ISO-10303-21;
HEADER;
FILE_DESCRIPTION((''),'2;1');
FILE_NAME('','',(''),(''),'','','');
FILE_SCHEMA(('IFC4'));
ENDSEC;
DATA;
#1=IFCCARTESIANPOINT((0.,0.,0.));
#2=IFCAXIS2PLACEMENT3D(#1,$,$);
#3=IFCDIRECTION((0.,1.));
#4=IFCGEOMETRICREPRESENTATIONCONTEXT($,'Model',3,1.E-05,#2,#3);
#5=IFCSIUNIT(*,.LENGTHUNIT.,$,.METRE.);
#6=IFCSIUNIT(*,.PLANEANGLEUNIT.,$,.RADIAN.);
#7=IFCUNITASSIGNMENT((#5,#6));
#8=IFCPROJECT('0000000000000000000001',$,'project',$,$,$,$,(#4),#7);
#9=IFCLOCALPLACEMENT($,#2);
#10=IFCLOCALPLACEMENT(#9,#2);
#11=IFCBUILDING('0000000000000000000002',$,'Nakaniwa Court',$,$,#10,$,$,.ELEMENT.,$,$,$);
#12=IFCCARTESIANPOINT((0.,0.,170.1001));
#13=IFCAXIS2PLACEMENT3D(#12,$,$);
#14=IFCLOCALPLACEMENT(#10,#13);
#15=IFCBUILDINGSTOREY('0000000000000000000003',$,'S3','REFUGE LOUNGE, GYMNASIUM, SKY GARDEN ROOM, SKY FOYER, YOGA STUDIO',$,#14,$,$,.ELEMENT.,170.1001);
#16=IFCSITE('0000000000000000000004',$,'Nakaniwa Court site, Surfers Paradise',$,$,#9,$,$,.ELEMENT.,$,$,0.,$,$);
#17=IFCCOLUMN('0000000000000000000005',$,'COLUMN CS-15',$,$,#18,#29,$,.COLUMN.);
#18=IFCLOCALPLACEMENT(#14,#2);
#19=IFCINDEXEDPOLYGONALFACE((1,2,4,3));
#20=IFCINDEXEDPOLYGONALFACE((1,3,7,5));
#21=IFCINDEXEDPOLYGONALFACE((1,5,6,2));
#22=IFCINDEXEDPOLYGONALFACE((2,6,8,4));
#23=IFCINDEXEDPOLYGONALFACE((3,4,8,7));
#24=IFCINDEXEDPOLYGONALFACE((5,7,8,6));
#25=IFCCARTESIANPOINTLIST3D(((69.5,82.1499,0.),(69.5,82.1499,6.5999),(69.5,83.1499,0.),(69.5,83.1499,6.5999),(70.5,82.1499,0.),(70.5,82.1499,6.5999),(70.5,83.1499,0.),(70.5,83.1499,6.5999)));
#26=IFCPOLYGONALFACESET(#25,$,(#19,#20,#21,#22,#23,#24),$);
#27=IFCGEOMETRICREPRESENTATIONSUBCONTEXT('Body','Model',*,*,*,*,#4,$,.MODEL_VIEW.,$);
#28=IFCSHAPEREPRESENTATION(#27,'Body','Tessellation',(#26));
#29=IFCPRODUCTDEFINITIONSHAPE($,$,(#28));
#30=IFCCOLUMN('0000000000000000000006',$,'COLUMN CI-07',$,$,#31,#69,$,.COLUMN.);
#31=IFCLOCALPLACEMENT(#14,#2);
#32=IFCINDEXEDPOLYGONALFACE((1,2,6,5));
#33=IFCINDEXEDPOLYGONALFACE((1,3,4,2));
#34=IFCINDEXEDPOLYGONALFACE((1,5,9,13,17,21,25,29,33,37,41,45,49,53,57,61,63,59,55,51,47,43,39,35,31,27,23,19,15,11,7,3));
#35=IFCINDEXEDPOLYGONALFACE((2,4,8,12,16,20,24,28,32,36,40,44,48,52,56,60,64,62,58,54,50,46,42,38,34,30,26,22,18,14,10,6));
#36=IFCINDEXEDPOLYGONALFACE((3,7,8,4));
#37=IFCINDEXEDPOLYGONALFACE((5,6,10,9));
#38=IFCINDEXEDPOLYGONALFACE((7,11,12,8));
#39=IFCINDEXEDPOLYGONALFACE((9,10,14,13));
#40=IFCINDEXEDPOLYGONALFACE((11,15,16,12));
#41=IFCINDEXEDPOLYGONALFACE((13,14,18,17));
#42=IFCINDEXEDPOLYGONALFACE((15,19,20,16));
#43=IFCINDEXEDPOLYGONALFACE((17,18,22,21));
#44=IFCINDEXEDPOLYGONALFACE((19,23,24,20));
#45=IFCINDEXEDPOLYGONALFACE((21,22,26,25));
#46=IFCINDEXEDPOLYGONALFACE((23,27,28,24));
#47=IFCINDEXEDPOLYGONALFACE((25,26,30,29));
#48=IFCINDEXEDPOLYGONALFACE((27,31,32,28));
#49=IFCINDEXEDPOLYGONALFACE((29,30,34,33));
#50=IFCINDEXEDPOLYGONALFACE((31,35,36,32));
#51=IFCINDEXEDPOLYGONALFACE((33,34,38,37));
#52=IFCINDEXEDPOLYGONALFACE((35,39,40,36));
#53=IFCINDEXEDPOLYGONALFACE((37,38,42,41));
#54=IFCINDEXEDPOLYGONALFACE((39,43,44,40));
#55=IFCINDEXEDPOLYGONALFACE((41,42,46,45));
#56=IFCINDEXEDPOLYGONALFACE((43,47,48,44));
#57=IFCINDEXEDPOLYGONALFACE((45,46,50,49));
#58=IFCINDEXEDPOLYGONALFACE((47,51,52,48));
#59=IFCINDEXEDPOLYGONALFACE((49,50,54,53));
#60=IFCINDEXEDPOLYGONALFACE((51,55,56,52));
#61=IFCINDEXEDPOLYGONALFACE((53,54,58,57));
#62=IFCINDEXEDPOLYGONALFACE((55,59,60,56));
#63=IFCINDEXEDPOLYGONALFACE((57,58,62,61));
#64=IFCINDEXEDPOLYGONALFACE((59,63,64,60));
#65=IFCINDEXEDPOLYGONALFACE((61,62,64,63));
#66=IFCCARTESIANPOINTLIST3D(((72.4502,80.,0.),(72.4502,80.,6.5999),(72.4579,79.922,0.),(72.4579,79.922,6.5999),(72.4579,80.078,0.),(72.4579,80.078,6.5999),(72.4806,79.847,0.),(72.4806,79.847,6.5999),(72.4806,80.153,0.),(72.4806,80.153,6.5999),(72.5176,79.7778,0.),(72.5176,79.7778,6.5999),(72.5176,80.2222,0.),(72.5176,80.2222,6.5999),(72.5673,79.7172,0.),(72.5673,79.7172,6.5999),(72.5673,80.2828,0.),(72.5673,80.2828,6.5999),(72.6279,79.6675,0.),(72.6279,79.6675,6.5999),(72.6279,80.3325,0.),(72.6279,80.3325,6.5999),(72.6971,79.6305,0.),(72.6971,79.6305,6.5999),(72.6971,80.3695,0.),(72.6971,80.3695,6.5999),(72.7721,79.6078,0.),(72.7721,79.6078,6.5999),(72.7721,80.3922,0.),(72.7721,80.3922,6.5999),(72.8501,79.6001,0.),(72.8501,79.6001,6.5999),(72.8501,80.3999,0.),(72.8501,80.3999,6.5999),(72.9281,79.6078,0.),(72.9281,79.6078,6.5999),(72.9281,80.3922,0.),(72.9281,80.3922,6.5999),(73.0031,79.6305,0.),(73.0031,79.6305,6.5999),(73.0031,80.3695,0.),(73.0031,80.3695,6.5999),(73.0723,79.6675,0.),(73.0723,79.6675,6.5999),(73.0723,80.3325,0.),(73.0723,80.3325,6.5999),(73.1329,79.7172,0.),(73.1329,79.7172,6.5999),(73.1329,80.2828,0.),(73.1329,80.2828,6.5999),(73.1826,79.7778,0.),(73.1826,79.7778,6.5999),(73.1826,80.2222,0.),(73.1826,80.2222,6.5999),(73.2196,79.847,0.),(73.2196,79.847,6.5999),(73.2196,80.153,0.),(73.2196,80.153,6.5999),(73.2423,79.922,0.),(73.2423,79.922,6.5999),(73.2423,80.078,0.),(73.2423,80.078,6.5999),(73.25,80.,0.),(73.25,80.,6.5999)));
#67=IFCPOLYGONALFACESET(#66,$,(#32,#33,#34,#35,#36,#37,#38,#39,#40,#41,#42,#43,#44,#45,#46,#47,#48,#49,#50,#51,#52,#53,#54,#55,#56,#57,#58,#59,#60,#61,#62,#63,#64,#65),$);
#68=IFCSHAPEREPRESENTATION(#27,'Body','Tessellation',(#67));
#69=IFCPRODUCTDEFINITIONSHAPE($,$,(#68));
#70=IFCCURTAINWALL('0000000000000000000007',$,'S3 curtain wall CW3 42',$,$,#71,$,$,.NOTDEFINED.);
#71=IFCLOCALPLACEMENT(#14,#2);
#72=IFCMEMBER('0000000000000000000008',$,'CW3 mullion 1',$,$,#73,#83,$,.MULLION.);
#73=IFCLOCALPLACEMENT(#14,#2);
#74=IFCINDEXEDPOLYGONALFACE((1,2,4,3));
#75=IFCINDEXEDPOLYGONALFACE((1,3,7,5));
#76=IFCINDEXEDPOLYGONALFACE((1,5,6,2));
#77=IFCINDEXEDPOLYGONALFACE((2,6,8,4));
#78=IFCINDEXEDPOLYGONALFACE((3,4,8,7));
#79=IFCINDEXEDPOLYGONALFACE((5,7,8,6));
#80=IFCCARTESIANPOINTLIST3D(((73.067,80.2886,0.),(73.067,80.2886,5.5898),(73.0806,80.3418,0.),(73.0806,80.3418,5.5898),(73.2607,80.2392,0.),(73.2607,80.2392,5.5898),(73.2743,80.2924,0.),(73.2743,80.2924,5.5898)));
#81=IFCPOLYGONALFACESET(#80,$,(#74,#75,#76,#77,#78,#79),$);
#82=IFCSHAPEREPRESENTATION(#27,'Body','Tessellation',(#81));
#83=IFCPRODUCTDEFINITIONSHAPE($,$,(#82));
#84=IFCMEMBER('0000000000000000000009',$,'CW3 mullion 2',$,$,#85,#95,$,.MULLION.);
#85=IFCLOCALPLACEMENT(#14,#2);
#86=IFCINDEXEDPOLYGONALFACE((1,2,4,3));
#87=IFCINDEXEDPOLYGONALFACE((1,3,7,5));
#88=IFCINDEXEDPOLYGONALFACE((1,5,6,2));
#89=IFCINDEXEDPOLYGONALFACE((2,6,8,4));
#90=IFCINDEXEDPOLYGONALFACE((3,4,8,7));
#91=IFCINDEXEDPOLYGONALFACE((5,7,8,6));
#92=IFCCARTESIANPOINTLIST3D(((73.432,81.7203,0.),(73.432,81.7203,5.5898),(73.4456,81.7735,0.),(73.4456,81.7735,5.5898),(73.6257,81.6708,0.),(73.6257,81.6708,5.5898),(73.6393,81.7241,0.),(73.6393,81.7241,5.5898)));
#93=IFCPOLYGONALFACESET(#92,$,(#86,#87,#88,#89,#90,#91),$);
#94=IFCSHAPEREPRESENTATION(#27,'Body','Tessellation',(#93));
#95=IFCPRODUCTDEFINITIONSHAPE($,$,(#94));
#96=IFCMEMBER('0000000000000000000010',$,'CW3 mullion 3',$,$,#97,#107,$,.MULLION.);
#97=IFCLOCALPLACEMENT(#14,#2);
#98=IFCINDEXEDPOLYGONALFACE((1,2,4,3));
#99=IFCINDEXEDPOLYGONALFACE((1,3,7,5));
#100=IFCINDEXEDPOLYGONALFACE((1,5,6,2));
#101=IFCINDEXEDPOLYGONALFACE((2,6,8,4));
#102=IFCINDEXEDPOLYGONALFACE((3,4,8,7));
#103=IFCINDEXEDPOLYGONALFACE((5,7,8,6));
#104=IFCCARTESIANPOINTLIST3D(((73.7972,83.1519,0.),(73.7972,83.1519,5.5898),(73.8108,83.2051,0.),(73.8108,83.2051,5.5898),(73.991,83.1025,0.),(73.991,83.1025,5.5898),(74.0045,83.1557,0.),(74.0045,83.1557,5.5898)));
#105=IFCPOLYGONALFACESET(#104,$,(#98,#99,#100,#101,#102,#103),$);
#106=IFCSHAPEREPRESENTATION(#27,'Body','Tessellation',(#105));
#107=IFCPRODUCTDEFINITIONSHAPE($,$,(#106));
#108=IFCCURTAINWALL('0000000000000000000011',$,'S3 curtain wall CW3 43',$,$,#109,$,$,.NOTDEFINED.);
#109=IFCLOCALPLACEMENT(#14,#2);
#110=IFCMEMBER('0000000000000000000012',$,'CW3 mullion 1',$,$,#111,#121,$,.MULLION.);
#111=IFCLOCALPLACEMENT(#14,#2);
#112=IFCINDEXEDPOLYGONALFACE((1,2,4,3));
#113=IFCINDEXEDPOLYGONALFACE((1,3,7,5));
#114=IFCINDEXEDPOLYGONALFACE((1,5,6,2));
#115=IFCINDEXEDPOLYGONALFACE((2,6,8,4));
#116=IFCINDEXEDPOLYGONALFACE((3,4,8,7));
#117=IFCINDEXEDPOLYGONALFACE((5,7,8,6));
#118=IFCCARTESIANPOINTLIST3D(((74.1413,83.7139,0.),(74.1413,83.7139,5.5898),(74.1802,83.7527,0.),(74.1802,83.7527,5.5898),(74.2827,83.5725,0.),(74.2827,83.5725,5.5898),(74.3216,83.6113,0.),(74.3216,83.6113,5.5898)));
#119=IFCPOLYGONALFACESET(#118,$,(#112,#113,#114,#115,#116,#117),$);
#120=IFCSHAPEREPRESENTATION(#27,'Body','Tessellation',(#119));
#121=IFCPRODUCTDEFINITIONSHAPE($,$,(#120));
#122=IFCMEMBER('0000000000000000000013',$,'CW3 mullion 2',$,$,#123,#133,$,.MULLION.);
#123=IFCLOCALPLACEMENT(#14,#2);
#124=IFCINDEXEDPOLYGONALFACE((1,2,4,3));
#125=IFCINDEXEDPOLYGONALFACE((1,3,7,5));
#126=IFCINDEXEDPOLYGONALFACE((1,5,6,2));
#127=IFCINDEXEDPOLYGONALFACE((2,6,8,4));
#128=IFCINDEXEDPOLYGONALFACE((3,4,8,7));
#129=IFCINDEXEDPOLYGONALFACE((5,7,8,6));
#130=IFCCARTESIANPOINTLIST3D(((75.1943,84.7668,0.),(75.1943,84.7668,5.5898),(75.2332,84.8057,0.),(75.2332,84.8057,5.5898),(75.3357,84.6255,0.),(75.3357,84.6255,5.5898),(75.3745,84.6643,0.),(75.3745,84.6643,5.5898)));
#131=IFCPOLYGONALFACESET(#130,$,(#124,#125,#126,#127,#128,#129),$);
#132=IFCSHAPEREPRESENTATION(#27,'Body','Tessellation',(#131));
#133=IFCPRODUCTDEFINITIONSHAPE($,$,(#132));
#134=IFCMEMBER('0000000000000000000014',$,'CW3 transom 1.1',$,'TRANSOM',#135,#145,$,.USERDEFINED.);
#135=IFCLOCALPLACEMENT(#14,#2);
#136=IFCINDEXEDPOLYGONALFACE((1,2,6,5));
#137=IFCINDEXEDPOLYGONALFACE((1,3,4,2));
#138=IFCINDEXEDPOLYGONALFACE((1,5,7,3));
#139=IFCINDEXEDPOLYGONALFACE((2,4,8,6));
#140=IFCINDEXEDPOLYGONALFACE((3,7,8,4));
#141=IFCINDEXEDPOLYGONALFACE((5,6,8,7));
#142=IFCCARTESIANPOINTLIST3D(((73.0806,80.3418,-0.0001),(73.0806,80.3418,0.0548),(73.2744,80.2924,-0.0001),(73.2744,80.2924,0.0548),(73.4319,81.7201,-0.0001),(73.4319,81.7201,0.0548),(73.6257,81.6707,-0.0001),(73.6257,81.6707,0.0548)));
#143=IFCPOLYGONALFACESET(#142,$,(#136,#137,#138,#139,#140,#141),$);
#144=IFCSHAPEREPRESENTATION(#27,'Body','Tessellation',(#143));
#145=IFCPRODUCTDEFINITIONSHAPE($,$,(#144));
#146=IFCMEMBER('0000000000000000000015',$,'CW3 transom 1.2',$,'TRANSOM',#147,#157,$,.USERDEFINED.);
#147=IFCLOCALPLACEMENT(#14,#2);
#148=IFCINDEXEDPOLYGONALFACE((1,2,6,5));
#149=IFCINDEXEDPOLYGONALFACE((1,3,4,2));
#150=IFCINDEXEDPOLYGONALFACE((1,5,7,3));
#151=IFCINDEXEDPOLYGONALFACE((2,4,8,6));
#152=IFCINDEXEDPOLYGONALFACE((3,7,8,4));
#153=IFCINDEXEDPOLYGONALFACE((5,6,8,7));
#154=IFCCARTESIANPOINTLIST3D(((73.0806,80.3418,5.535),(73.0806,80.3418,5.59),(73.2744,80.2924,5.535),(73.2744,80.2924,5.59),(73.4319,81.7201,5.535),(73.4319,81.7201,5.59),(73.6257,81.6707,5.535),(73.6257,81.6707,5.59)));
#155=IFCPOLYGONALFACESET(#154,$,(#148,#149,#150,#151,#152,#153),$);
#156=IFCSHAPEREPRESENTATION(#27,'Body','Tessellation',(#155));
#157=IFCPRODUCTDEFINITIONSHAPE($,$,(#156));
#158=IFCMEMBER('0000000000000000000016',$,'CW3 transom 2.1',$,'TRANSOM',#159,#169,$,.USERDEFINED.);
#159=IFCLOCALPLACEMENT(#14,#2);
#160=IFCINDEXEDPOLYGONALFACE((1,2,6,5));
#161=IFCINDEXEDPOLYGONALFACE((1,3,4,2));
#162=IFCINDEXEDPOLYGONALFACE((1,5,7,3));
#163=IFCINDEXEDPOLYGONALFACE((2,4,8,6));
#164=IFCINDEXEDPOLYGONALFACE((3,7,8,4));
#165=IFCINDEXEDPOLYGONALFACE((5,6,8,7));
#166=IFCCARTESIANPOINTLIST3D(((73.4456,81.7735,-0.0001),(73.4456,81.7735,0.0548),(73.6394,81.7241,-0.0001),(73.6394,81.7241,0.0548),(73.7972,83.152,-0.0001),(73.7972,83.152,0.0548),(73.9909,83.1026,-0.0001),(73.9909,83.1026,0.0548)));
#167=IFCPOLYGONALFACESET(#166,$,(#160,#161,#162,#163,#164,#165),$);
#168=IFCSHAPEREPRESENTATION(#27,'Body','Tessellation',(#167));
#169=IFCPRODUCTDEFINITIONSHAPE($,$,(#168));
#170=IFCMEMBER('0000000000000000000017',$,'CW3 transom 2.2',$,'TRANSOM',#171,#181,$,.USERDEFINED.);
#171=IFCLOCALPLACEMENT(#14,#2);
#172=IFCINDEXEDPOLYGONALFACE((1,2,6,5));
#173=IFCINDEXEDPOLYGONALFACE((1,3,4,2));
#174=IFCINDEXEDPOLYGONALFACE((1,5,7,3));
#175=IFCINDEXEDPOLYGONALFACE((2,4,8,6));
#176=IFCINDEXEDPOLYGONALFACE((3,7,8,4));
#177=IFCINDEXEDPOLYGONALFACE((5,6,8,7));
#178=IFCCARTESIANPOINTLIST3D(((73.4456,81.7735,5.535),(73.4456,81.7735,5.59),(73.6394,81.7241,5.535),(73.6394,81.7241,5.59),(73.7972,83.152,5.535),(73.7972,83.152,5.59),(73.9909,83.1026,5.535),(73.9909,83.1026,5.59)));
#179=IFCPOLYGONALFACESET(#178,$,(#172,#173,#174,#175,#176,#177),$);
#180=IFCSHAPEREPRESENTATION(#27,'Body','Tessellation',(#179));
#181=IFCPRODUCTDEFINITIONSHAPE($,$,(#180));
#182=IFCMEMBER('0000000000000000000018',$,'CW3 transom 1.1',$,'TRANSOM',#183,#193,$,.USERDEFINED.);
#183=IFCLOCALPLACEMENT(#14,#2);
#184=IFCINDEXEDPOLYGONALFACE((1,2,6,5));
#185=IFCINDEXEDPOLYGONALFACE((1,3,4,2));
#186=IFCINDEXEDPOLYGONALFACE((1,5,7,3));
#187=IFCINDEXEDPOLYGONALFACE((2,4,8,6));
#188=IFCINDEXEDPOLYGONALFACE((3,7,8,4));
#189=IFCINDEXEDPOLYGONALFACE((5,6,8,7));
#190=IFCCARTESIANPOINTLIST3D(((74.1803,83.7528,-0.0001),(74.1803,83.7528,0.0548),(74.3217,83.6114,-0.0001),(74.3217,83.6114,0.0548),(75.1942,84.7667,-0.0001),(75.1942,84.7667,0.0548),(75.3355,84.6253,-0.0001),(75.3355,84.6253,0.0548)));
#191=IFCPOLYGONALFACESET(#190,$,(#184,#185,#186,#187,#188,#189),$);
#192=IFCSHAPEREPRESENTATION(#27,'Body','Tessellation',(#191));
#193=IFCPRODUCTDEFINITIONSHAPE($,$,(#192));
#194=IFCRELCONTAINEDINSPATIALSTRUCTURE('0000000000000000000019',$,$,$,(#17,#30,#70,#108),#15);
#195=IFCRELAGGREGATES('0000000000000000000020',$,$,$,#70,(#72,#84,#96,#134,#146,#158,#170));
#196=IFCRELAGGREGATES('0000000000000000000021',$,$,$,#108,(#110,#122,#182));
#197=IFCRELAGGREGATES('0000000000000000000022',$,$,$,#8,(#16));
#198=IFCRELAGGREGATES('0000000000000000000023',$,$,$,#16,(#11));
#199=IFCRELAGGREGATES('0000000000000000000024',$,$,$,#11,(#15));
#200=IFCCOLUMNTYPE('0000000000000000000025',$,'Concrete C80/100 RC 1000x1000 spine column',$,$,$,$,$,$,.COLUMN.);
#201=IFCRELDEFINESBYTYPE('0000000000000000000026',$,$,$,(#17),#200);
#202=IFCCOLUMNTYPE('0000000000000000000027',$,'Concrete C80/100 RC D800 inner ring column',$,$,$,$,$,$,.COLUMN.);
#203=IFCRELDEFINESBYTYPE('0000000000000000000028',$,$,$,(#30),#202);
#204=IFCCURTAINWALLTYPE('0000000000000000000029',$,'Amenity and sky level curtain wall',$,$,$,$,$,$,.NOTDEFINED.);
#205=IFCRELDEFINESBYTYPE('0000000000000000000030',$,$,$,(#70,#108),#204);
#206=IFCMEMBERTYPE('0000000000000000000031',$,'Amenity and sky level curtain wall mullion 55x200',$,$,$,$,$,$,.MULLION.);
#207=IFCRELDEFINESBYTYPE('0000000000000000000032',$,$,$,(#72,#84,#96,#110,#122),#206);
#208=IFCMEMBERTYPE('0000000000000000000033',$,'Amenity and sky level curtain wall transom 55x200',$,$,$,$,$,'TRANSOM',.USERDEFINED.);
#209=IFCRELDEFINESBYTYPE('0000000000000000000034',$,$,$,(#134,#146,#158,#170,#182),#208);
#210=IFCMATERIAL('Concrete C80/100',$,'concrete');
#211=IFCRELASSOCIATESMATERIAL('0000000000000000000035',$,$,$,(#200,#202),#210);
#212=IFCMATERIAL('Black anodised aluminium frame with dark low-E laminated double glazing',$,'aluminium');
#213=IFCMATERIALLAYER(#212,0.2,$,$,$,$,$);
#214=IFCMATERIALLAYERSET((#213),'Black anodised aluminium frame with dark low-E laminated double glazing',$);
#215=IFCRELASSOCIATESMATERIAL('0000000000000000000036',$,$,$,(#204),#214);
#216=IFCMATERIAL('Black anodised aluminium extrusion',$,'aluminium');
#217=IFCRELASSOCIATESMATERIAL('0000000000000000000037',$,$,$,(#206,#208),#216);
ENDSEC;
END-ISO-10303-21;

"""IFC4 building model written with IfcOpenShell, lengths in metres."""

from ifc_helpers import new_model, si_unit, direction, frame, origin, origin_2d, place, context, subcontext, project, spatial, rectangle, circle, extrude, material, layer, layer_set, material_profile, profile_set, type_object, element, aggregate, save


model = new_model("IFC4")

# Units and contexts
model_context = context("Model", 3, precision=1e-05, world=origin(), true_north=direction((0.0, 1.0)))
body_context = subcontext(model_context, "Body", "Model", "MODEL_VIEW")
ifc_project = project(units=[si_unit("LENGTHUNIT", "METRE"), si_unit("PLANEANGLEUNIT", "RADIAN")], contexts=[model_context])

# Site, building, storey
site_placement = place(None, origin())
site = spatial("IfcSite", under=ifc_project, at=site_placement, Name="Nakaniwa Court site, Surfers Paradise", CompositionType="ELEMENT", RefElevation=0.0)
building_placement = place(site_placement, origin())
building = spatial("IfcBuilding", under=site, at=building_placement, Name="Nakaniwa Court", CompositionType="ELEMENT")
storey_placement = place(building_placement, frame((0.0, 0.0, 170.1001)))
storey = spatial("IfcBuildingStorey", under=building, at=storey_placement, Name="S3", Description="REFUGE LOUNGE, GYMNASIUM, SKY GARDEN ROOM, SKY FOYER, YOGA STUDIO", CompositionType="ELEMENT", Elevation=170.1001)

# Columns
ifc_material_1 = material(Name="Concrete C80/100", Category="concrete")
ifc_material_profile_1 = material_profile(ifc_material_1, rectangle(XDim=1.0, YDim=1.0, at=origin_2d()), Name="Concrete C80/100 RC 1000x1000 spine column")
ifc_profile_set_1 = profile_set([ifc_material_profile_1], Name="Concrete C80/100")
column_type_1 = type_object("IfcColumnType", Name="Concrete C80/100 RC 1000x1000 spine column", PredefinedType="COLUMN", material=ifc_profile_set_1)
column_placement = place(storey_placement, frame((70.0, 82.6499, 0.0), z_axis=(0.0, 0.0, 1.0), x_axis=(0.0, -1.0, 0.0)))
element("IfcColumn", 1, at=column_placement, inside=storey, type_object=column_type_1, Name="COLUMN CS-15", PredefinedType="COLUMN", context=body_context, shape_type="SweptSolid", body=[
    extrude(rectangle(XDim=1.0, YDim=1.0, at=origin_2d()), origin(), (0.0, 0.0, 1.0), 6.5999),
])
ifc_material_profile_2 = material_profile(ifc_material_1, circle(Radius=0.3999, at=origin_2d()), Name="Concrete C80/100 RC D800 inner ring column")
ifc_profile_set_2 = profile_set([ifc_material_profile_2], Name="Concrete C80/100")
column_type_2 = type_object("IfcColumnType", Name="Concrete C80/100 RC D800 inner ring column", PredefinedType="COLUMN", material=ifc_profile_set_2)
for number, where, z_axis, x_axis, name in (
    (2, (72.8501, 80.0, 0.0), (0.0, 0.0, 1.0), (0.0, -1.0, 0.0), "COLUMN CI-07"),
):
    element("IfcColumn", number, at=place(storey_placement, frame(where, z_axis=z_axis, x_axis=x_axis)), inside=storey, type_object=column_type_2, Name=name, PredefinedType="COLUMN", context=body_context, shape_type="SweptSolid", body=[
        extrude(circle(Radius=0.3999, at=origin_2d()), origin(), (0.0, 0.0, 1.0), 6.5999),
    ])

# Curtain walls, members
ifc_material_2 = material(Name="Black anodised aluminium frame with dark low-E laminated double glazing", Category="aluminium")
ifc_layer_1 = layer(ifc_material_2, 0.2)
ifc_layer_set_1 = layer_set([ifc_layer_1], Name="Black anodised aluminium frame with dark low-E laminated double glazing")
curtain_wall_type = type_object("IfcCurtainWallType", Name="Amenity and sky level curtain wall", PredefinedType="NOTDEFINED", material=ifc_layer_set_1)
curtain_wall_1_placement = place(storey_placement, origin())
curtain_wall_1 = element("IfcCurtainWall", 3, at=curtain_wall_1_placement, inside=storey, type_object=curtain_wall_type, Name="S3 curtain wall CW3 42", PredefinedType="NOTDEFINED")
ifc_material_3 = material(Name="Black anodised aluminium extrusion", Category="aluminium")
ifc_material_profile_3 = material_profile(ifc_material_3, rectangle(XDim=0.2, YDim=0.0549, at=origin_2d()), Name="Amenity and sky level curtain wall mullion 55x200")
ifc_profile_set_3 = profile_set([ifc_material_profile_3], Name="Black anodised aluminium extrusion")
member_type_1 = type_object("IfcMemberType", Name="Amenity and sky level curtain wall mullion 55x200", PredefinedType="MULLION", material=ifc_profile_set_3)
member_1_placement = place(storey_placement, frame((73.1707, 80.2905, 0.0), z_axis=(0.0, 0.0, 1.0), x_axis=(-0.968986, 0.247114, 0.0)))
member_1 = element("IfcMember", 4, at=member_1_placement, type_object=member_type_1, Name="CW3 mullion 1", PredefinedType="MULLION", context=body_context, shape_type="SweptSolid", body=[
    extrude(rectangle(XDim=0.2, YDim=0.0549, at=origin_2d()), origin(), (0.0, 0.0, 1.0), 5.5898),
])
member_2_placement = place(storey_placement, frame((73.5356, 81.7222, 0.0), z_axis=(0.0, 0.0, 1.0), x_axis=(-0.968986, 0.247114, 0.0)))
member_2 = element("IfcMember", 5, at=member_2_placement, type_object=member_type_1, Name="CW3 mullion 2", PredefinedType="MULLION", context=body_context, shape_type="SweptSolid", body=[
    extrude(rectangle(XDim=0.2, YDim=0.0549, at=origin_2d()), origin(), (0.0, 0.0, 1.0), 5.5898),
])
member_3_placement = place(storey_placement, frame((73.9009, 83.1538, 0.0), z_axis=(0.0, 0.0, 1.0), x_axis=(-0.968986, 0.247114, 0.0)))
member_3 = element("IfcMember", 6, at=member_3_placement, type_object=member_type_1, Name="CW3 mullion 3", PredefinedType="MULLION", context=body_context, shape_type="SweptSolid", body=[
    extrude(rectangle(XDim=0.2, YDim=0.0549, at=origin_2d()), origin(), (0.0, 0.0, 1.0), 5.5898),
])
curtain_wall_2_placement = place(storey_placement, origin())
curtain_wall_2 = element("IfcCurtainWall", 7, at=curtain_wall_2_placement, inside=storey, type_object=curtain_wall_type, Name="S3 curtain wall CW3 43", PredefinedType="NOTDEFINED")
member_4_placement = place(storey_placement, frame((74.2314, 83.6626, 0.0), z_axis=(0.0, 0.0, 1.0), x_axis=(-0.707107, 0.707107, 0.0)))
member_4 = element("IfcMember", 8, at=member_4_placement, type_object=member_type_1, Name="CW3 mullion 1", PredefinedType="MULLION", context=body_context, shape_type="SweptSolid", body=[
    extrude(rectangle(XDim=0.2, YDim=0.0549, at=origin_2d()), origin(), (0.0, 0.0, 1.0), 5.5898),
])
member_5_placement = place(storey_placement, frame((75.2844, 84.7156, 0.0), z_axis=(0.0, 0.0, 1.0), x_axis=(-0.707107, 0.707107, 0.0)))
member_5 = element("IfcMember", 9, at=member_5_placement, type_object=member_type_1, Name="CW3 mullion 2", PredefinedType="MULLION", context=body_context, shape_type="SweptSolid", body=[
    extrude(rectangle(XDim=0.2, YDim=0.0549, at=origin_2d()), origin(), (0.0, 0.0, 1.0), 5.5898),
])

# Members
ifc_material_profile_4 = material_profile(ifc_material_3, rectangle(XDim=0.2, YDim=0.0549, at=origin_2d()), Name="Amenity and sky level curtain wall transom 55x200")
ifc_profile_set_4 = profile_set([ifc_material_profile_4], Name="Black anodised aluminium extrusion")
member_type_2 = type_object("IfcMemberType", Name="Amenity and sky level curtain wall transom 55x200", ElementType="TRANSOM", PredefinedType="USERDEFINED", material=ifc_profile_set_4)
member_6_placement = place(storey_placement, frame((73.1775, 80.3171, 0.0273), z_axis=(0.246975, 0.969022, 0.0), x_axis=(-0.969022, 0.246975, 0.0)))
member_6 = element("IfcMember", 10, at=member_6_placement, type_object=member_type_2, Name="CW3 transom 1.1", ObjectType="TRANSOM", PredefinedType="USERDEFINED", context=body_context, shape_type="SweptSolid", body=[
    extrude(rectangle(XDim=0.2, YDim=0.0549, at=origin_2d()), origin(), (0.0, 0.0, 1.0), 1.4224),
])
member_7_placement = place(storey_placement, frame((73.1775, 80.3171, 5.5625), z_axis=(0.246975, 0.969022, 0.0), x_axis=(-0.969022, 0.246975, 0.0)))
member_7 = element("IfcMember", 11, at=member_7_placement, type_object=member_type_2, Name="CW3 transom 1.2", ObjectType="TRANSOM", PredefinedType="USERDEFINED", context=body_context, shape_type="SweptSolid", body=[
    extrude(rectangle(XDim=0.2, YDim=0.0549, at=origin_2d()), origin(), (0.0, 0.0, 1.0), 1.4224),
])
member_8_placement = place(storey_placement, frame((73.5425, 81.7488, 0.0273), z_axis=(0.247136, 0.968981, 0.0), x_axis=(-0.968981, 0.247136, 0.0)))
member_8 = element("IfcMember", 12, at=member_8_placement, type_object=member_type_2, Name="CW3 transom 2.1", ObjectType="TRANSOM", PredefinedType="USERDEFINED", context=body_context, shape_type="SweptSolid", body=[
    extrude(rectangle(XDim=0.2, YDim=0.0549, at=origin_2d()), origin(), (0.0, 0.0, 1.0), 1.4226),
])
member_9_placement = place(storey_placement, frame((73.5425, 81.7488, 5.5625), z_axis=(0.247136, 0.968981, 0.0), x_axis=(-0.968981, 0.247136, 0.0)))
member_9 = element("IfcMember", 13, at=member_9_placement, type_object=member_type_2, Name="CW3 transom 2.2", ObjectType="TRANSOM", PredefinedType="USERDEFINED", context=body_context, shape_type="SweptSolid", body=[
    extrude(rectangle(XDim=0.2, YDim=0.0549, at=origin_2d()), origin(), (0.0, 0.0, 1.0), 1.4226),
])
member_10_placement = place(storey_placement, frame((74.251, 83.6821, 0.0273), z_axis=(0.707107, 0.707107, 0.0), x_axis=(-0.707107, 0.707107, 0.0)))
member_10 = element("IfcMember", 14, at=member_10_placement, type_object=member_type_2, Name="CW3 transom 1.1", ObjectType="TRANSOM", PredefinedType="USERDEFINED", context=body_context, shape_type="SweptSolid", body=[
    extrude(rectangle(XDim=0.2, YDim=0.0549, at=origin_2d()), origin(), (0.0, 0.0, 1.0), 1.4338),
])

aggregate(curtain_wall_1, [member_1, member_2, member_3, member_6, member_7, member_8, member_9])
aggregate(curtain_wall_2, [member_4, member_5, member_10])

save(model, "model.ifc")
